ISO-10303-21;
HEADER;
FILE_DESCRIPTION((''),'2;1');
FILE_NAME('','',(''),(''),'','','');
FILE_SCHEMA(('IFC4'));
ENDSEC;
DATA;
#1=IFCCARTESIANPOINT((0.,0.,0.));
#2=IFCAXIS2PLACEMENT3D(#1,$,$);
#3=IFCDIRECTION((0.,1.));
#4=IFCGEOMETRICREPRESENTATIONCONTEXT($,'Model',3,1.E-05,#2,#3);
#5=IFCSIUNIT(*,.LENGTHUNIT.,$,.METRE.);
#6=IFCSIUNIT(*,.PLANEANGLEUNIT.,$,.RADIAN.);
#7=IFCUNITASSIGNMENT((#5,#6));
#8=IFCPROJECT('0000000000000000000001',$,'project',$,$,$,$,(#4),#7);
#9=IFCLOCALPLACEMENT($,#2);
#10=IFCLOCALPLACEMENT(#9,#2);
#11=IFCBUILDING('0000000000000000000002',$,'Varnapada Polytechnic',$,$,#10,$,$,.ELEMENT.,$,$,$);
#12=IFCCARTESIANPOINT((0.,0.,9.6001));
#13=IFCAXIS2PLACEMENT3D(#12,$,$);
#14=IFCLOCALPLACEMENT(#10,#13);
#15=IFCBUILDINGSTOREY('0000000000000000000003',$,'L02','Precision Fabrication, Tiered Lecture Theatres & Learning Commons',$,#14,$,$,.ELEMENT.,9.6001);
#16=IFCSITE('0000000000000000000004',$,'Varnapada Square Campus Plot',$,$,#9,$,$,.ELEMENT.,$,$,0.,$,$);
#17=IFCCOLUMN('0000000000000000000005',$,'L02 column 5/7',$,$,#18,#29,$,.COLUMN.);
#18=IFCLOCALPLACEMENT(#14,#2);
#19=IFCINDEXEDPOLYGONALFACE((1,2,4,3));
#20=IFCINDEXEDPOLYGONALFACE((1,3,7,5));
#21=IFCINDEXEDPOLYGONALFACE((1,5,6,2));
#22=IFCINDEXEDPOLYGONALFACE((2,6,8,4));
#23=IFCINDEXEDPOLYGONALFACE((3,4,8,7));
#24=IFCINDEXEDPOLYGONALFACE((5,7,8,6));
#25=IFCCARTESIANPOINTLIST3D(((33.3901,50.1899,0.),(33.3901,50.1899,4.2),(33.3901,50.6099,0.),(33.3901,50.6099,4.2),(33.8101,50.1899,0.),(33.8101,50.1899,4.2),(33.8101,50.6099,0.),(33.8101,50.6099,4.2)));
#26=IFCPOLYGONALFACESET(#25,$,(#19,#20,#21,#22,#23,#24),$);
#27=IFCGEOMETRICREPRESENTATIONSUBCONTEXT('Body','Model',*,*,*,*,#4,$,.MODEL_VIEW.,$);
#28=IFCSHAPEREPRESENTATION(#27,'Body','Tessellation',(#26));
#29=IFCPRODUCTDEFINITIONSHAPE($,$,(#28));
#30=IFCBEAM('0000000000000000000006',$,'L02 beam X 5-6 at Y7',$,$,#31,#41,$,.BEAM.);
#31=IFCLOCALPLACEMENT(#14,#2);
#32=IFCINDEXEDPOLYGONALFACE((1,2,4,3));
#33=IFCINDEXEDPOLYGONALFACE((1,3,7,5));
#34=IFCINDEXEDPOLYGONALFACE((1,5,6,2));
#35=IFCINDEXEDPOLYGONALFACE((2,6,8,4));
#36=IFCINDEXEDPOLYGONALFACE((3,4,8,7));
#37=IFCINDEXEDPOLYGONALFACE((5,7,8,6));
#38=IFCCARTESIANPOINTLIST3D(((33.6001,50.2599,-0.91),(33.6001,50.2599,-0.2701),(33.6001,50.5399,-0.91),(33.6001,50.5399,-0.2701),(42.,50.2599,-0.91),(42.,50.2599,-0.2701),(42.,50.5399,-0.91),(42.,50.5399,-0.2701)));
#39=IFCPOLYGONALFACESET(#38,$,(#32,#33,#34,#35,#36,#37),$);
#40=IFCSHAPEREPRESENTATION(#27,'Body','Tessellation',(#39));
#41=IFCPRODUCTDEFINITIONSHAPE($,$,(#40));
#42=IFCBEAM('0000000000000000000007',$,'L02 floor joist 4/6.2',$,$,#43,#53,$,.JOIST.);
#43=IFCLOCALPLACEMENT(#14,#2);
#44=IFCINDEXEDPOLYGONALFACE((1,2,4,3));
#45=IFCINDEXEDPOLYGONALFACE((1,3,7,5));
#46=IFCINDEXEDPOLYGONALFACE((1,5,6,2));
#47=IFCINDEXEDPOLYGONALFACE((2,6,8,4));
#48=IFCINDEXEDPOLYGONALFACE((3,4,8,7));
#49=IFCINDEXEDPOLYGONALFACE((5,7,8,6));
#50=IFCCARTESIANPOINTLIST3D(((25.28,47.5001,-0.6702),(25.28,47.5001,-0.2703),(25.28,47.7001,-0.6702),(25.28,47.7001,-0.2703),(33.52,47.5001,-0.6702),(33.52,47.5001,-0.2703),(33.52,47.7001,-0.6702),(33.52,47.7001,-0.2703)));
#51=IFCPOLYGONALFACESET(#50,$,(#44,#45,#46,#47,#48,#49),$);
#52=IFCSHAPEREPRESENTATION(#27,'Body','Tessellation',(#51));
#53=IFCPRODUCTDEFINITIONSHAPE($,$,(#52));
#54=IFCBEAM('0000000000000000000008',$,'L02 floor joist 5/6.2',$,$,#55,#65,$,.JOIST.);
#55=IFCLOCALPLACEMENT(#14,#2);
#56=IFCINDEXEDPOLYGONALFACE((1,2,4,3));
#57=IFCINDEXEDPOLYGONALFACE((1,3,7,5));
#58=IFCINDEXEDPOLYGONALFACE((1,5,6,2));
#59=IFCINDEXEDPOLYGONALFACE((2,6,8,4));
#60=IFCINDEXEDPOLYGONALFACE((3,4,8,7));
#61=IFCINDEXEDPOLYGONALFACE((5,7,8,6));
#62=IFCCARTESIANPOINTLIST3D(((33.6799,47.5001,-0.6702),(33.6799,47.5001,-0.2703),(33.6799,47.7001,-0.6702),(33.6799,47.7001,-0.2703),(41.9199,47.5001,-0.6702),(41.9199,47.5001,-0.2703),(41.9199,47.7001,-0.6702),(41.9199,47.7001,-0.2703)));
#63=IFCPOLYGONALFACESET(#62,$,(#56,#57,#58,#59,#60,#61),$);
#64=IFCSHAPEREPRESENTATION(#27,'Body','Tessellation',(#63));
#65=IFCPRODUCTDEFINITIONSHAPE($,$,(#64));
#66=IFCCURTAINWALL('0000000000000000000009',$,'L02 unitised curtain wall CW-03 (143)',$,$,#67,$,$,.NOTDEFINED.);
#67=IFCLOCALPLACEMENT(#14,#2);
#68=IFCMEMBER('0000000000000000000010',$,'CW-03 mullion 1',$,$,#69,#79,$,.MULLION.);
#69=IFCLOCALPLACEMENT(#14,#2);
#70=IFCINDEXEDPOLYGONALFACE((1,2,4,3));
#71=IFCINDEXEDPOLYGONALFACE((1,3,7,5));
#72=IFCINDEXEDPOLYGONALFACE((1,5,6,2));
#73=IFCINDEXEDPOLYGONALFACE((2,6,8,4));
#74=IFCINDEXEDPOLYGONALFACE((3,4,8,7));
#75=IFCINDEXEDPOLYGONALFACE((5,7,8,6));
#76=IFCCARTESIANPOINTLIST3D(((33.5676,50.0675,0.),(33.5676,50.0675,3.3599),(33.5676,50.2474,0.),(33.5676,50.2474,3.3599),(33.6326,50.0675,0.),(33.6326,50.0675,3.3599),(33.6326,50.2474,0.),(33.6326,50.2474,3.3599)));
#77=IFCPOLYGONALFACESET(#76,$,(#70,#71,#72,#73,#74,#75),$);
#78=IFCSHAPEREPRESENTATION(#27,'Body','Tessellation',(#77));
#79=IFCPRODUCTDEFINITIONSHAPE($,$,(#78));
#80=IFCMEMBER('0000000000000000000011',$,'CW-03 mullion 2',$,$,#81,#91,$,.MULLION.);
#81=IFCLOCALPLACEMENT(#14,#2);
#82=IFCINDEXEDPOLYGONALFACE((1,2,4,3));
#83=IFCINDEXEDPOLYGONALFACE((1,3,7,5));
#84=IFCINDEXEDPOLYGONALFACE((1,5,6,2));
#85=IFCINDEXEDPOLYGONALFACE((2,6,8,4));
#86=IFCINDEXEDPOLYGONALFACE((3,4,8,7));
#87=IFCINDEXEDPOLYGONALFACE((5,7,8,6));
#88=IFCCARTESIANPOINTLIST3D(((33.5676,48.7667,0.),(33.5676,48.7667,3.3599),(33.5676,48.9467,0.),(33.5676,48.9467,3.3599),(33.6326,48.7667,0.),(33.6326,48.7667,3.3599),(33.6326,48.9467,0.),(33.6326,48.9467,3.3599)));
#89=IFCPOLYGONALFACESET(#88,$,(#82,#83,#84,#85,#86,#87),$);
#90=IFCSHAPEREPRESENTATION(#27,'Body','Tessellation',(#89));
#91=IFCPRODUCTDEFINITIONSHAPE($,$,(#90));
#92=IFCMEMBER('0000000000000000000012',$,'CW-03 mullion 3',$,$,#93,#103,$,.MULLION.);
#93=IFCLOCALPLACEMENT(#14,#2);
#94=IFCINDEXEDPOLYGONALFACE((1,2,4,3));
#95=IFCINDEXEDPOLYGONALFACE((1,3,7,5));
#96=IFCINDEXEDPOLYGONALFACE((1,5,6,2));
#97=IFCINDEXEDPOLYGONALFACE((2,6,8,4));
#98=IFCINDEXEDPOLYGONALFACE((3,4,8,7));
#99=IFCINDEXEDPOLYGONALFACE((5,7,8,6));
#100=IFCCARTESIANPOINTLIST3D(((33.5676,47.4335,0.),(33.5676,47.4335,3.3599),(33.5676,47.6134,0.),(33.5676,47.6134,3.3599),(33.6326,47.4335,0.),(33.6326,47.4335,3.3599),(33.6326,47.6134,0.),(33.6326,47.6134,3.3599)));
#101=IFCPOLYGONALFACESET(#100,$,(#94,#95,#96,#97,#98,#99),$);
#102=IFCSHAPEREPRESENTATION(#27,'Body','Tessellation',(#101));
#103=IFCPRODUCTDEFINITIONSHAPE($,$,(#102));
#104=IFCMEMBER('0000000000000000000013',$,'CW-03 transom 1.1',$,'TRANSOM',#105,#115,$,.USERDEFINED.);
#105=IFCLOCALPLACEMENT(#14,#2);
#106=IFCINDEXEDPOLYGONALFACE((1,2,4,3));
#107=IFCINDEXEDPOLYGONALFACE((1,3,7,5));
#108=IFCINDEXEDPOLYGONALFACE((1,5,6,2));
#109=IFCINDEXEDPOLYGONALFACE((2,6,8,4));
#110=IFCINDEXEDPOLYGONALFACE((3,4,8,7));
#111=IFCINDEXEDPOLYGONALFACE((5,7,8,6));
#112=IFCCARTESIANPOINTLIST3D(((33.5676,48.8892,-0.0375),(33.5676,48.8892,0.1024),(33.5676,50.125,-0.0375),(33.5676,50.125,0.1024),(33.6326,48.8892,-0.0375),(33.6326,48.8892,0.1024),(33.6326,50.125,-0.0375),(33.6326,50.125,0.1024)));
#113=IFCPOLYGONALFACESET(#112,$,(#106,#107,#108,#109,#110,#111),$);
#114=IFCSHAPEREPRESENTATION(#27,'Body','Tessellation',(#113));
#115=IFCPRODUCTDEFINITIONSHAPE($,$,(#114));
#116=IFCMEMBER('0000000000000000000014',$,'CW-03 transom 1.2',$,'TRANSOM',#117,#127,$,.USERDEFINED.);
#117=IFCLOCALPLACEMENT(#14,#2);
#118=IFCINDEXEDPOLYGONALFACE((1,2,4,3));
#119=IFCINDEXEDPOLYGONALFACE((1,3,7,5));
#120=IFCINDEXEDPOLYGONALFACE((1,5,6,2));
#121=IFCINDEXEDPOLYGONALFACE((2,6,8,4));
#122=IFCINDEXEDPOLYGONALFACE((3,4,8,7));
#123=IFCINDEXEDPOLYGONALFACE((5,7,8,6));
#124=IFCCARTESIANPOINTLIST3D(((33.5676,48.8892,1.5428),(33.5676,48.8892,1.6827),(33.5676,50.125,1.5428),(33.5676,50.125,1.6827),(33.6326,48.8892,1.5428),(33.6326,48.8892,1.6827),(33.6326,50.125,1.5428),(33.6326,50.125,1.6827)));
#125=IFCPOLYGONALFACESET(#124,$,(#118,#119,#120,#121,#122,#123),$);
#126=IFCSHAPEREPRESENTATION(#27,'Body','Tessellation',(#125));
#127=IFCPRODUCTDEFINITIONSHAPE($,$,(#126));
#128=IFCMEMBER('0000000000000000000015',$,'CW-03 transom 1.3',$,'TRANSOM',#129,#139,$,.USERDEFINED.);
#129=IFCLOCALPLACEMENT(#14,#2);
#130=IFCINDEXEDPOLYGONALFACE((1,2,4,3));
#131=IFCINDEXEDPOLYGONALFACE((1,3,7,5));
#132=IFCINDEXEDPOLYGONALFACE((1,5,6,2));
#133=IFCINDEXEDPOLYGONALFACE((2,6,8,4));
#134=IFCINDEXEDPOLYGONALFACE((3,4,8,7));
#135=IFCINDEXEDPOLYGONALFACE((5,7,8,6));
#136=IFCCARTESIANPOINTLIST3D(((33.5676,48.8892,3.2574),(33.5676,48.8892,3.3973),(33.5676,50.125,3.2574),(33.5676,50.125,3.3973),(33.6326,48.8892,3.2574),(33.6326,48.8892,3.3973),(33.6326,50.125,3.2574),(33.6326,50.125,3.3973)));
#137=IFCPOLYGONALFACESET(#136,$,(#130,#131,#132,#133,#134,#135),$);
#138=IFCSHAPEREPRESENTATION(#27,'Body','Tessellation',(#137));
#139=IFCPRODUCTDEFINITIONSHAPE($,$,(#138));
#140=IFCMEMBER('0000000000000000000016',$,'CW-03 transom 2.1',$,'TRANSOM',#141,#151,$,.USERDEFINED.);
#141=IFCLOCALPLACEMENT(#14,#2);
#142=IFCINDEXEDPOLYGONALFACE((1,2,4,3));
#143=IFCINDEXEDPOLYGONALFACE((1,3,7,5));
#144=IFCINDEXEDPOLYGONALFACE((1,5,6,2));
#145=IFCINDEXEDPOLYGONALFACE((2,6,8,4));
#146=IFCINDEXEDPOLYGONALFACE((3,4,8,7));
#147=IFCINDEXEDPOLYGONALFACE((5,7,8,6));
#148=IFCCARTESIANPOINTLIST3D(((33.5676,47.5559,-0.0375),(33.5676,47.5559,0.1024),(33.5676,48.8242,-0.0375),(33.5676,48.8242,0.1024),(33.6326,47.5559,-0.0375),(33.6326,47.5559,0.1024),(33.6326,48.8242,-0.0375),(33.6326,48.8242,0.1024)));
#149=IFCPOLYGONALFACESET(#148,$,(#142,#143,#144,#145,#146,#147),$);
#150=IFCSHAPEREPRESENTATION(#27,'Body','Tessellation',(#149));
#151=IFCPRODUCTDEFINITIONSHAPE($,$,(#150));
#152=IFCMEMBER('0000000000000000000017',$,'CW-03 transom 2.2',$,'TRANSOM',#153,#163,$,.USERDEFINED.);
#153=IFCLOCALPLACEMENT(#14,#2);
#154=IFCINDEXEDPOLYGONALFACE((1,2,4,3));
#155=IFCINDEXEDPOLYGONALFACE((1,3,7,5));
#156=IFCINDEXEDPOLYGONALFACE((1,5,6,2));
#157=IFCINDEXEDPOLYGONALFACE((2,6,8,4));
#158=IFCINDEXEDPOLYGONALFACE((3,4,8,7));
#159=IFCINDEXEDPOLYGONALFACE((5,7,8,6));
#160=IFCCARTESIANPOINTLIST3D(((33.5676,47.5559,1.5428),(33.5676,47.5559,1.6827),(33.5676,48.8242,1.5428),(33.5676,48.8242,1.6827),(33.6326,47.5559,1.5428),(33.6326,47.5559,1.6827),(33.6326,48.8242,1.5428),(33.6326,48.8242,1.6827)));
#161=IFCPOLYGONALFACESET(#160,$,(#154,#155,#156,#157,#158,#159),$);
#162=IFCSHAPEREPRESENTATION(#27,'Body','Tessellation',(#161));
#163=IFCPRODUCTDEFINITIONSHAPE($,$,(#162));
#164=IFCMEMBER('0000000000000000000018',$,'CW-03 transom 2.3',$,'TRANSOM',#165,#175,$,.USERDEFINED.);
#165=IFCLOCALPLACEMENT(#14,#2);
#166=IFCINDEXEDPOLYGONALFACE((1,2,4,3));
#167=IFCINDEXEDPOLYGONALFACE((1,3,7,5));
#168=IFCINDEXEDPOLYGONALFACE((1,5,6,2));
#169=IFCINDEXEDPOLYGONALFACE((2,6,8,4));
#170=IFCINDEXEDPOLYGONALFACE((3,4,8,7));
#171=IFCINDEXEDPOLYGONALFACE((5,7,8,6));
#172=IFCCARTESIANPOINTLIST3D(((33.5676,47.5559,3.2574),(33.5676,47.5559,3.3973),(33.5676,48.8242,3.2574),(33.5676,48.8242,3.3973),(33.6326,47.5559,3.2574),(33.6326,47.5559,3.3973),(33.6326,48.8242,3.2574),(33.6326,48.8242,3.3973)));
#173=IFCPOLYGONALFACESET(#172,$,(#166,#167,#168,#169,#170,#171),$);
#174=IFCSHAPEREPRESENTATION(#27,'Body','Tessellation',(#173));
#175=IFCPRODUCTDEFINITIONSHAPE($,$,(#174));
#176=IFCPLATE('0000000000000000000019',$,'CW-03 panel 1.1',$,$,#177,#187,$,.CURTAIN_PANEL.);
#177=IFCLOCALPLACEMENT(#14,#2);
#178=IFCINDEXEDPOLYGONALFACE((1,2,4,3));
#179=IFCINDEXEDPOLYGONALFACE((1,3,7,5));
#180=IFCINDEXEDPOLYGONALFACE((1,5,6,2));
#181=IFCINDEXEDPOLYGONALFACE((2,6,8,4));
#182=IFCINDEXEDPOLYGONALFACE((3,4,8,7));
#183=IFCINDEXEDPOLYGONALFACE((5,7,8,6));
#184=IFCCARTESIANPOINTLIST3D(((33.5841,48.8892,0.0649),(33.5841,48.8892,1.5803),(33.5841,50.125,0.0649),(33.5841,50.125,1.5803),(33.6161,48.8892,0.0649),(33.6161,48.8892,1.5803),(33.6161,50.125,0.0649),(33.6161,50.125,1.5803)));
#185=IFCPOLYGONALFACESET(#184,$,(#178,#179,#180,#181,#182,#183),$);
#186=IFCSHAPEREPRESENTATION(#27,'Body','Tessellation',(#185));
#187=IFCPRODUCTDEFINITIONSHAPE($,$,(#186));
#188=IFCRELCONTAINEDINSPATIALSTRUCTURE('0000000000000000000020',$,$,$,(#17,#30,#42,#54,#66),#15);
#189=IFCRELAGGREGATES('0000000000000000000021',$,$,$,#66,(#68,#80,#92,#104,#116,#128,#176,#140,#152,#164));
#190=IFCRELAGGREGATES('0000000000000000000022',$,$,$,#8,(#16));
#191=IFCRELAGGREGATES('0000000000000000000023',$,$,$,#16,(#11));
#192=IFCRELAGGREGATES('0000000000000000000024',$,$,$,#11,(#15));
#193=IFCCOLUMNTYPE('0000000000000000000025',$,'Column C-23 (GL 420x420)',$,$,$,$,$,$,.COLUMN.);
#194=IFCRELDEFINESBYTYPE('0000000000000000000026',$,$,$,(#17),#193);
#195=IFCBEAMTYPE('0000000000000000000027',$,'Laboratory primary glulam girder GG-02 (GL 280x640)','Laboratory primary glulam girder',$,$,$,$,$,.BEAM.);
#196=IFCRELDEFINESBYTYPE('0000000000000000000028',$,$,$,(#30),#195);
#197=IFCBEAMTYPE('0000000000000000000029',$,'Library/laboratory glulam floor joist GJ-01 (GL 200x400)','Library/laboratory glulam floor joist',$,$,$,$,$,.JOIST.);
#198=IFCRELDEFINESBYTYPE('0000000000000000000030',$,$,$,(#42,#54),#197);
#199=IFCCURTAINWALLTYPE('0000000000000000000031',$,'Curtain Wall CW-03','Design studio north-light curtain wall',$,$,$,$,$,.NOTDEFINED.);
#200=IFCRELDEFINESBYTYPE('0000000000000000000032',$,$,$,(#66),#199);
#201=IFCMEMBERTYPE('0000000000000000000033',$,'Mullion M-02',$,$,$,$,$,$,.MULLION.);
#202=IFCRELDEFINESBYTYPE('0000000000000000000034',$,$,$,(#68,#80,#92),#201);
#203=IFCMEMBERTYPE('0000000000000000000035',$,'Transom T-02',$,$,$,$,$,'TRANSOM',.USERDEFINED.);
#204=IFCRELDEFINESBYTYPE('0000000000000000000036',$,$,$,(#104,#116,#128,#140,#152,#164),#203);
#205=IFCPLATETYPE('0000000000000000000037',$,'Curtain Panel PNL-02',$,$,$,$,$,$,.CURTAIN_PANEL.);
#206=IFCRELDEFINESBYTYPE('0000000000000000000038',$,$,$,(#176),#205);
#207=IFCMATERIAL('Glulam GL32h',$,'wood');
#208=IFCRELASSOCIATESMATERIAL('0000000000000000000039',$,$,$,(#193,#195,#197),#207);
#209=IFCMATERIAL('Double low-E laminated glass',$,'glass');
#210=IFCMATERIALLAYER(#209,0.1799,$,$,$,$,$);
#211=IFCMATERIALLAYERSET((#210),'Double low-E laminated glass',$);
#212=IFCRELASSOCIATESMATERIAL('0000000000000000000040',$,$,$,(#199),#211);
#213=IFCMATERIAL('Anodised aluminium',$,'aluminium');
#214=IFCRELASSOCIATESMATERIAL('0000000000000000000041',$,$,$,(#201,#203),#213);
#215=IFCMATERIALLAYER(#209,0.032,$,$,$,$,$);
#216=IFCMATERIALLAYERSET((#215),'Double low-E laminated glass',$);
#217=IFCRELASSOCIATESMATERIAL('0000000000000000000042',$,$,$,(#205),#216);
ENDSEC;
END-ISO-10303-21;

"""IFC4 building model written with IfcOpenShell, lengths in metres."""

from ifc_helpers import new_model, si_unit, direction, frame, origin, origin_2d, place, context, subcontext, project, spatial, rectangle, extrude, material, layer, layer_set, material_profile, profile_set, type_object, element, aggregate, save


model = new_model("IFC4")

# Units and contexts
model_context = context("Model", 3, precision=1e-05, world=origin(), true_north=direction((0.0, 1.0)))
body_context = subcontext(model_context, "Body", "Model", "MODEL_VIEW")
ifc_project = project(units=[si_unit("LENGTHUNIT", "METRE"), si_unit("PLANEANGLEUNIT", "RADIAN")], contexts=[model_context])

# Site, building, storey
site_placement = place(None, origin())
site = spatial("IfcSite", under=ifc_project, at=site_placement, Name="Varnapada Square Campus Plot", CompositionType="ELEMENT", RefElevation=0.0)
building_placement = place(site_placement, origin())
building = spatial("IfcBuilding", under=site, at=building_placement, Name="Varnapada Polytechnic", CompositionType="ELEMENT")
storey_placement = place(building_placement, frame((0.0, 0.0, 9.6001)))
storey = spatial("IfcBuildingStorey", under=building, at=storey_placement, Name="L02", Description="Precision Fabrication, Tiered Lecture Theatres & Learning Commons", CompositionType="ELEMENT", Elevation=9.6001)

# Column
ifc_material_1 = material(Name="Glulam GL32h", Category="wood")
ifc_material_profile_1 = material_profile(ifc_material_1, rectangle(XDim=0.4199, YDim=0.4199, at=origin_2d()), Name="GL 420x420")
ifc_profile_set_1 = profile_set([ifc_material_profile_1], Name="Glulam GL32h")
column_type = type_object("IfcColumnType", Name="Column C-23 (GL 420x420)", PredefinedType="COLUMN", material=ifc_profile_set_1)
column_placement = place(storey_placement, frame((33.6001, 50.3999, 0.0), z_axis=(0.0, 0.0, 1.0), x_axis=(1.0, 0.0, 0.0)))
element("IfcColumn", 1, at=column_placement, inside=storey, type_object=column_type, Name="L02 column 5/7", PredefinedType="COLUMN", context=body_context, shape_type="SweptSolid", body=[
    extrude(rectangle(XDim=0.4199, YDim=0.4199, at=origin_2d()), origin(), (0.0, 0.0, 1.0), 4.2),
])

# Beams
ifc_material_profile_2 = material_profile(ifc_material_1, rectangle(XDim=0.28, YDim=0.6399, at=origin_2d()), Name="GL 280x640")
ifc_profile_set_2 = profile_set([ifc_material_profile_2], Name="Glulam GL32h")
beam_type_1 = type_object("IfcBeamType", Name="Laboratory primary glulam girder GG-02 (GL 280x640)", Description="Laboratory primary glulam girder", PredefinedType="BEAM", material=ifc_profile_set_2)
beam_placement = place(storey_placement, frame((33.6001, 50.3999, -0.5901), z_axis=(1.0, 0.0, 0.0), x_axis=(0.0, 1.0, 0.0)))
element("IfcBeam", 2, at=beam_placement, inside=storey, type_object=beam_type_1, Name="L02 beam X 5-6 at Y7", PredefinedType="BEAM", context=body_context, shape_type="SweptSolid", body=[
    extrude(rectangle(XDim=0.28, YDim=0.6399, at=origin_2d()), origin(), (0.0, 0.0, 1.0), 8.3999),
])
ifc_material_profile_3 = material_profile(ifc_material_1, rectangle(XDim=0.2, YDim=0.3999, at=origin_2d()), Name="GL 200x400")
ifc_profile_set_3 = profile_set([ifc_material_profile_3], Name="Glulam GL32h")
beam_type_2 = type_object("IfcBeamType", Name="Library/laboratory glulam floor joist GJ-01 (GL 200x400)", Description="Library/laboratory glulam floor joist", PredefinedType="JOIST", material=ifc_profile_set_3)
for number, where, z_axis, x_axis, name in (
    (3, (25.28, 47.6001, -0.4702), (1.0, 0.0, 0.0), (0.0, 1.0, 0.0), "L02 floor joist 4/6.2"),
    (4, (33.6799, 47.6001, -0.4702), (1.0, 0.0, 0.0), (0.0, 1.0, 0.0), "L02 floor joist 5/6.2"),
):
    element("IfcBeam", number, at=place(storey_placement, frame(where, z_axis=z_axis, x_axis=x_axis)), inside=storey, type_object=beam_type_2, Name=name, PredefinedType="JOIST", context=body_context, shape_type="SweptSolid", body=[
        extrude(rectangle(XDim=0.2, YDim=0.3999, at=origin_2d()), origin(), (0.0, 0.0, 1.0), 8.24),
    ])

# Curtain wall, members, plate
ifc_material_2 = material(Name="Double low-E laminated glass", Category="glass")
ifc_layer_1 = layer(ifc_material_2, 0.1799)
ifc_layer_set_1 = layer_set([ifc_layer_1], Name="Double low-E laminated glass")
curtain_wall_type = type_object("IfcCurtainWallType", Name="Curtain Wall CW-03", Description="Design studio north-light curtain wall", PredefinedType="NOTDEFINED", material=ifc_layer_set_1)
curtain_wall_placement = place(storey_placement, origin())
curtain_wall = element("IfcCurtainWall", 5, at=curtain_wall_placement, inside=storey, type_object=curtain_wall_type, Name="L02 unitised curtain wall CW-03 (143)", PredefinedType="NOTDEFINED")
ifc_material_3 = material(Name="Anodised aluminium", Category="aluminium")
ifc_material_profile_4 = material_profile(ifc_material_3, rectangle(XDim=0.0649, YDim=0.1799, at=origin_2d()), Name="ALU M65x180")
ifc_profile_set_4 = profile_set([ifc_material_profile_4], Name="Anodised aluminium")
member_type_1 = type_object("IfcMemberType", Name="Mullion M-02", PredefinedType="MULLION", material=ifc_profile_set_4)
member_1_placement = place(storey_placement, frame((33.6001, 50.1575, 0.0), z_axis=(0.0, 0.0, 1.0), x_axis=(1.0, 0.0, 0.0)))
member_1 = element("IfcMember", 6, at=member_1_placement, type_object=member_type_1, Name="CW-03 mullion 1", PredefinedType="MULLION", context=body_context, shape_type="SweptSolid", body=[
    extrude(rectangle(XDim=0.0649, YDim=0.1799, at=origin_2d()), origin(), (0.0, 0.0, 1.0), 3.3599),
])
member_2_placement = place(storey_placement, frame((33.6001, 48.8567, 0.0), z_axis=(0.0, 0.0, 1.0), x_axis=(1.0, 0.0, 0.0)))
member_2 = element("IfcMember", 7, at=member_2_placement, type_object=member_type_1, Name="CW-03 mullion 2", PredefinedType="MULLION", context=body_context, shape_type="SweptSolid", body=[
    extrude(rectangle(XDim=0.0649, YDim=0.1799, at=origin_2d()), origin(), (0.0, 0.0, 1.0), 3.3599),
])
member_3_placement = place(storey_placement, frame((33.6001, 47.5234, 0.0), z_axis=(0.0, 0.0, 1.0), x_axis=(1.0, 0.0, 0.0)))
member_3 = element("IfcMember", 8, at=member_3_placement, type_object=member_type_1, Name="CW-03 mullion 3", PredefinedType="MULLION", context=body_context, shape_type="SweptSolid", body=[
    extrude(rectangle(XDim=0.0649, YDim=0.1799, at=origin_2d()), origin(), (0.0, 0.0, 1.0), 3.3599),
])
ifc_material_profile_5 = material_profile(ifc_material_3, rectangle(XDim=0.0649, YDim=0.1399, at=origin_2d()), Name="ALU T65x140")
ifc_profile_set_5 = profile_set([ifc_material_profile_5], Name="Anodised aluminium")
member_type_2 = type_object("IfcMemberType", Name="Transom T-02", ElementType="TRANSOM", PredefinedType="USERDEFINED", material=ifc_profile_set_5)
member_4_placement = place(storey_placement, frame((33.6001, 50.125, 0.0325), z_axis=(0.0, -1.0, 0.0), x_axis=(1.0, 0.0, 0.0)))
member_4 = element("IfcMember", 9, at=member_4_placement, type_object=member_type_2, Name="CW-03 transom 1.1", ObjectType="TRANSOM", PredefinedType="USERDEFINED", context=body_context, shape_type="SweptSolid", body=[
    extrude(rectangle(XDim=0.0649, YDim=0.1399, at=origin_2d()), origin(), (0.0, 0.0, 1.0), 1.2358),
])
member_5_placement = place(storey_placement, frame((33.6001, 50.125, 1.6128), z_axis=(0.0, -1.0, 0.0), x_axis=(1.0, 0.0, 0.0)))
member_5 = element("IfcMember", 10, at=member_5_placement, type_object=member_type_2, Name="CW-03 transom 1.2", ObjectType="TRANSOM", PredefinedType="USERDEFINED", context=body_context, shape_type="SweptSolid", body=[
    extrude(rectangle(XDim=0.0649, YDim=0.1399, at=origin_2d()), origin(), (0.0, 0.0, 1.0), 1.2358),
])
member_6_placement = place(storey_placement, frame((33.6001, 50.125, 3.3274), z_axis=(0.0, -1.0, 0.0), x_axis=(1.0, 0.0, 0.0)))
member_6 = element("IfcMember", 11, at=member_6_placement, type_object=member_type_2, Name="CW-03 transom 1.3", ObjectType="TRANSOM", PredefinedType="USERDEFINED", context=body_context, shape_type="SweptSolid", body=[
    extrude(rectangle(XDim=0.0649, YDim=0.1399, at=origin_2d()), origin(), (0.0, 0.0, 1.0), 1.2358),
])
member_7_placement = place(storey_placement, frame((33.6001, 48.8242, 0.0325), z_axis=(0.0, -1.0, 0.0), x_axis=(1.0, 0.0, 0.0)))
member_7 = element("IfcMember", 12, at=member_7_placement, type_object=member_type_2, Name="CW-03 transom 2.1", ObjectType="TRANSOM", PredefinedType="USERDEFINED", context=body_context, shape_type="SweptSolid", body=[
    extrude(rectangle(XDim=0.0649, YDim=0.1399, at=origin_2d()), origin(), (0.0, 0.0, 1.0), 1.2683),
])
member_8_placement = place(storey_placement, frame((33.6001, 48.8242, 1.6128), z_axis=(0.0, -1.0, 0.0), x_axis=(1.0, 0.0, 0.0)))
member_8 = element("IfcMember", 13, at=member_8_placement, type_object=member_type_2, Name="CW-03 transom 2.2", ObjectType="TRANSOM", PredefinedType="USERDEFINED", context=body_context, shape_type="SweptSolid", body=[
    extrude(rectangle(XDim=0.0649, YDim=0.1399, at=origin_2d()), origin(), (0.0, 0.0, 1.0), 1.2683),
])
member_9_placement = place(storey_placement, frame((33.6001, 48.8242, 3.3274), z_axis=(0.0, -1.0, 0.0), x_axis=(1.0, 0.0, 0.0)))
member_9 = element("IfcMember", 14, at=member_9_placement, type_object=member_type_2, Name="CW-03 transom 2.3", ObjectType="TRANSOM", PredefinedType="USERDEFINED", context=body_context, shape_type="SweptSolid", body=[
    extrude(rectangle(XDim=0.0649, YDim=0.1399, at=origin_2d()), origin(), (0.0, 0.0, 1.0), 1.2683),
])
ifc_layer_2 = layer(ifc_material_2, 0.032)
ifc_layer_set_2 = layer_set([ifc_layer_2], Name="Double low-E laminated glass")
plate_type = type_object("IfcPlateType", Name="Curtain Panel PNL-02", PredefinedType="CURTAIN_PANEL", material=ifc_layer_set_2)
plate_1_placement = place(storey_placement, frame((33.6001, 49.5071, 0.0649), z_axis=(0.0, 0.0, 1.0), x_axis=(0.0, -1.0, 0.0)))
plate_1 = element("IfcPlate", 15, at=plate_1_placement, type_object=plate_type, Name="CW-03 panel 1.1", PredefinedType="CURTAIN_PANEL", context=body_context, shape_type="SweptSolid", body=[
    extrude(rectangle(XDim=1.2358, YDim=0.032, at=origin_2d()), origin(), (0.0, 0.0, 1.0), 1.5154),
])
aggregate(curtain_wall, [member_1, member_2, member_3, member_4, member_5, member_6, plate_1, member_7, member_8, member_9])

save(model, "model.ifc")
